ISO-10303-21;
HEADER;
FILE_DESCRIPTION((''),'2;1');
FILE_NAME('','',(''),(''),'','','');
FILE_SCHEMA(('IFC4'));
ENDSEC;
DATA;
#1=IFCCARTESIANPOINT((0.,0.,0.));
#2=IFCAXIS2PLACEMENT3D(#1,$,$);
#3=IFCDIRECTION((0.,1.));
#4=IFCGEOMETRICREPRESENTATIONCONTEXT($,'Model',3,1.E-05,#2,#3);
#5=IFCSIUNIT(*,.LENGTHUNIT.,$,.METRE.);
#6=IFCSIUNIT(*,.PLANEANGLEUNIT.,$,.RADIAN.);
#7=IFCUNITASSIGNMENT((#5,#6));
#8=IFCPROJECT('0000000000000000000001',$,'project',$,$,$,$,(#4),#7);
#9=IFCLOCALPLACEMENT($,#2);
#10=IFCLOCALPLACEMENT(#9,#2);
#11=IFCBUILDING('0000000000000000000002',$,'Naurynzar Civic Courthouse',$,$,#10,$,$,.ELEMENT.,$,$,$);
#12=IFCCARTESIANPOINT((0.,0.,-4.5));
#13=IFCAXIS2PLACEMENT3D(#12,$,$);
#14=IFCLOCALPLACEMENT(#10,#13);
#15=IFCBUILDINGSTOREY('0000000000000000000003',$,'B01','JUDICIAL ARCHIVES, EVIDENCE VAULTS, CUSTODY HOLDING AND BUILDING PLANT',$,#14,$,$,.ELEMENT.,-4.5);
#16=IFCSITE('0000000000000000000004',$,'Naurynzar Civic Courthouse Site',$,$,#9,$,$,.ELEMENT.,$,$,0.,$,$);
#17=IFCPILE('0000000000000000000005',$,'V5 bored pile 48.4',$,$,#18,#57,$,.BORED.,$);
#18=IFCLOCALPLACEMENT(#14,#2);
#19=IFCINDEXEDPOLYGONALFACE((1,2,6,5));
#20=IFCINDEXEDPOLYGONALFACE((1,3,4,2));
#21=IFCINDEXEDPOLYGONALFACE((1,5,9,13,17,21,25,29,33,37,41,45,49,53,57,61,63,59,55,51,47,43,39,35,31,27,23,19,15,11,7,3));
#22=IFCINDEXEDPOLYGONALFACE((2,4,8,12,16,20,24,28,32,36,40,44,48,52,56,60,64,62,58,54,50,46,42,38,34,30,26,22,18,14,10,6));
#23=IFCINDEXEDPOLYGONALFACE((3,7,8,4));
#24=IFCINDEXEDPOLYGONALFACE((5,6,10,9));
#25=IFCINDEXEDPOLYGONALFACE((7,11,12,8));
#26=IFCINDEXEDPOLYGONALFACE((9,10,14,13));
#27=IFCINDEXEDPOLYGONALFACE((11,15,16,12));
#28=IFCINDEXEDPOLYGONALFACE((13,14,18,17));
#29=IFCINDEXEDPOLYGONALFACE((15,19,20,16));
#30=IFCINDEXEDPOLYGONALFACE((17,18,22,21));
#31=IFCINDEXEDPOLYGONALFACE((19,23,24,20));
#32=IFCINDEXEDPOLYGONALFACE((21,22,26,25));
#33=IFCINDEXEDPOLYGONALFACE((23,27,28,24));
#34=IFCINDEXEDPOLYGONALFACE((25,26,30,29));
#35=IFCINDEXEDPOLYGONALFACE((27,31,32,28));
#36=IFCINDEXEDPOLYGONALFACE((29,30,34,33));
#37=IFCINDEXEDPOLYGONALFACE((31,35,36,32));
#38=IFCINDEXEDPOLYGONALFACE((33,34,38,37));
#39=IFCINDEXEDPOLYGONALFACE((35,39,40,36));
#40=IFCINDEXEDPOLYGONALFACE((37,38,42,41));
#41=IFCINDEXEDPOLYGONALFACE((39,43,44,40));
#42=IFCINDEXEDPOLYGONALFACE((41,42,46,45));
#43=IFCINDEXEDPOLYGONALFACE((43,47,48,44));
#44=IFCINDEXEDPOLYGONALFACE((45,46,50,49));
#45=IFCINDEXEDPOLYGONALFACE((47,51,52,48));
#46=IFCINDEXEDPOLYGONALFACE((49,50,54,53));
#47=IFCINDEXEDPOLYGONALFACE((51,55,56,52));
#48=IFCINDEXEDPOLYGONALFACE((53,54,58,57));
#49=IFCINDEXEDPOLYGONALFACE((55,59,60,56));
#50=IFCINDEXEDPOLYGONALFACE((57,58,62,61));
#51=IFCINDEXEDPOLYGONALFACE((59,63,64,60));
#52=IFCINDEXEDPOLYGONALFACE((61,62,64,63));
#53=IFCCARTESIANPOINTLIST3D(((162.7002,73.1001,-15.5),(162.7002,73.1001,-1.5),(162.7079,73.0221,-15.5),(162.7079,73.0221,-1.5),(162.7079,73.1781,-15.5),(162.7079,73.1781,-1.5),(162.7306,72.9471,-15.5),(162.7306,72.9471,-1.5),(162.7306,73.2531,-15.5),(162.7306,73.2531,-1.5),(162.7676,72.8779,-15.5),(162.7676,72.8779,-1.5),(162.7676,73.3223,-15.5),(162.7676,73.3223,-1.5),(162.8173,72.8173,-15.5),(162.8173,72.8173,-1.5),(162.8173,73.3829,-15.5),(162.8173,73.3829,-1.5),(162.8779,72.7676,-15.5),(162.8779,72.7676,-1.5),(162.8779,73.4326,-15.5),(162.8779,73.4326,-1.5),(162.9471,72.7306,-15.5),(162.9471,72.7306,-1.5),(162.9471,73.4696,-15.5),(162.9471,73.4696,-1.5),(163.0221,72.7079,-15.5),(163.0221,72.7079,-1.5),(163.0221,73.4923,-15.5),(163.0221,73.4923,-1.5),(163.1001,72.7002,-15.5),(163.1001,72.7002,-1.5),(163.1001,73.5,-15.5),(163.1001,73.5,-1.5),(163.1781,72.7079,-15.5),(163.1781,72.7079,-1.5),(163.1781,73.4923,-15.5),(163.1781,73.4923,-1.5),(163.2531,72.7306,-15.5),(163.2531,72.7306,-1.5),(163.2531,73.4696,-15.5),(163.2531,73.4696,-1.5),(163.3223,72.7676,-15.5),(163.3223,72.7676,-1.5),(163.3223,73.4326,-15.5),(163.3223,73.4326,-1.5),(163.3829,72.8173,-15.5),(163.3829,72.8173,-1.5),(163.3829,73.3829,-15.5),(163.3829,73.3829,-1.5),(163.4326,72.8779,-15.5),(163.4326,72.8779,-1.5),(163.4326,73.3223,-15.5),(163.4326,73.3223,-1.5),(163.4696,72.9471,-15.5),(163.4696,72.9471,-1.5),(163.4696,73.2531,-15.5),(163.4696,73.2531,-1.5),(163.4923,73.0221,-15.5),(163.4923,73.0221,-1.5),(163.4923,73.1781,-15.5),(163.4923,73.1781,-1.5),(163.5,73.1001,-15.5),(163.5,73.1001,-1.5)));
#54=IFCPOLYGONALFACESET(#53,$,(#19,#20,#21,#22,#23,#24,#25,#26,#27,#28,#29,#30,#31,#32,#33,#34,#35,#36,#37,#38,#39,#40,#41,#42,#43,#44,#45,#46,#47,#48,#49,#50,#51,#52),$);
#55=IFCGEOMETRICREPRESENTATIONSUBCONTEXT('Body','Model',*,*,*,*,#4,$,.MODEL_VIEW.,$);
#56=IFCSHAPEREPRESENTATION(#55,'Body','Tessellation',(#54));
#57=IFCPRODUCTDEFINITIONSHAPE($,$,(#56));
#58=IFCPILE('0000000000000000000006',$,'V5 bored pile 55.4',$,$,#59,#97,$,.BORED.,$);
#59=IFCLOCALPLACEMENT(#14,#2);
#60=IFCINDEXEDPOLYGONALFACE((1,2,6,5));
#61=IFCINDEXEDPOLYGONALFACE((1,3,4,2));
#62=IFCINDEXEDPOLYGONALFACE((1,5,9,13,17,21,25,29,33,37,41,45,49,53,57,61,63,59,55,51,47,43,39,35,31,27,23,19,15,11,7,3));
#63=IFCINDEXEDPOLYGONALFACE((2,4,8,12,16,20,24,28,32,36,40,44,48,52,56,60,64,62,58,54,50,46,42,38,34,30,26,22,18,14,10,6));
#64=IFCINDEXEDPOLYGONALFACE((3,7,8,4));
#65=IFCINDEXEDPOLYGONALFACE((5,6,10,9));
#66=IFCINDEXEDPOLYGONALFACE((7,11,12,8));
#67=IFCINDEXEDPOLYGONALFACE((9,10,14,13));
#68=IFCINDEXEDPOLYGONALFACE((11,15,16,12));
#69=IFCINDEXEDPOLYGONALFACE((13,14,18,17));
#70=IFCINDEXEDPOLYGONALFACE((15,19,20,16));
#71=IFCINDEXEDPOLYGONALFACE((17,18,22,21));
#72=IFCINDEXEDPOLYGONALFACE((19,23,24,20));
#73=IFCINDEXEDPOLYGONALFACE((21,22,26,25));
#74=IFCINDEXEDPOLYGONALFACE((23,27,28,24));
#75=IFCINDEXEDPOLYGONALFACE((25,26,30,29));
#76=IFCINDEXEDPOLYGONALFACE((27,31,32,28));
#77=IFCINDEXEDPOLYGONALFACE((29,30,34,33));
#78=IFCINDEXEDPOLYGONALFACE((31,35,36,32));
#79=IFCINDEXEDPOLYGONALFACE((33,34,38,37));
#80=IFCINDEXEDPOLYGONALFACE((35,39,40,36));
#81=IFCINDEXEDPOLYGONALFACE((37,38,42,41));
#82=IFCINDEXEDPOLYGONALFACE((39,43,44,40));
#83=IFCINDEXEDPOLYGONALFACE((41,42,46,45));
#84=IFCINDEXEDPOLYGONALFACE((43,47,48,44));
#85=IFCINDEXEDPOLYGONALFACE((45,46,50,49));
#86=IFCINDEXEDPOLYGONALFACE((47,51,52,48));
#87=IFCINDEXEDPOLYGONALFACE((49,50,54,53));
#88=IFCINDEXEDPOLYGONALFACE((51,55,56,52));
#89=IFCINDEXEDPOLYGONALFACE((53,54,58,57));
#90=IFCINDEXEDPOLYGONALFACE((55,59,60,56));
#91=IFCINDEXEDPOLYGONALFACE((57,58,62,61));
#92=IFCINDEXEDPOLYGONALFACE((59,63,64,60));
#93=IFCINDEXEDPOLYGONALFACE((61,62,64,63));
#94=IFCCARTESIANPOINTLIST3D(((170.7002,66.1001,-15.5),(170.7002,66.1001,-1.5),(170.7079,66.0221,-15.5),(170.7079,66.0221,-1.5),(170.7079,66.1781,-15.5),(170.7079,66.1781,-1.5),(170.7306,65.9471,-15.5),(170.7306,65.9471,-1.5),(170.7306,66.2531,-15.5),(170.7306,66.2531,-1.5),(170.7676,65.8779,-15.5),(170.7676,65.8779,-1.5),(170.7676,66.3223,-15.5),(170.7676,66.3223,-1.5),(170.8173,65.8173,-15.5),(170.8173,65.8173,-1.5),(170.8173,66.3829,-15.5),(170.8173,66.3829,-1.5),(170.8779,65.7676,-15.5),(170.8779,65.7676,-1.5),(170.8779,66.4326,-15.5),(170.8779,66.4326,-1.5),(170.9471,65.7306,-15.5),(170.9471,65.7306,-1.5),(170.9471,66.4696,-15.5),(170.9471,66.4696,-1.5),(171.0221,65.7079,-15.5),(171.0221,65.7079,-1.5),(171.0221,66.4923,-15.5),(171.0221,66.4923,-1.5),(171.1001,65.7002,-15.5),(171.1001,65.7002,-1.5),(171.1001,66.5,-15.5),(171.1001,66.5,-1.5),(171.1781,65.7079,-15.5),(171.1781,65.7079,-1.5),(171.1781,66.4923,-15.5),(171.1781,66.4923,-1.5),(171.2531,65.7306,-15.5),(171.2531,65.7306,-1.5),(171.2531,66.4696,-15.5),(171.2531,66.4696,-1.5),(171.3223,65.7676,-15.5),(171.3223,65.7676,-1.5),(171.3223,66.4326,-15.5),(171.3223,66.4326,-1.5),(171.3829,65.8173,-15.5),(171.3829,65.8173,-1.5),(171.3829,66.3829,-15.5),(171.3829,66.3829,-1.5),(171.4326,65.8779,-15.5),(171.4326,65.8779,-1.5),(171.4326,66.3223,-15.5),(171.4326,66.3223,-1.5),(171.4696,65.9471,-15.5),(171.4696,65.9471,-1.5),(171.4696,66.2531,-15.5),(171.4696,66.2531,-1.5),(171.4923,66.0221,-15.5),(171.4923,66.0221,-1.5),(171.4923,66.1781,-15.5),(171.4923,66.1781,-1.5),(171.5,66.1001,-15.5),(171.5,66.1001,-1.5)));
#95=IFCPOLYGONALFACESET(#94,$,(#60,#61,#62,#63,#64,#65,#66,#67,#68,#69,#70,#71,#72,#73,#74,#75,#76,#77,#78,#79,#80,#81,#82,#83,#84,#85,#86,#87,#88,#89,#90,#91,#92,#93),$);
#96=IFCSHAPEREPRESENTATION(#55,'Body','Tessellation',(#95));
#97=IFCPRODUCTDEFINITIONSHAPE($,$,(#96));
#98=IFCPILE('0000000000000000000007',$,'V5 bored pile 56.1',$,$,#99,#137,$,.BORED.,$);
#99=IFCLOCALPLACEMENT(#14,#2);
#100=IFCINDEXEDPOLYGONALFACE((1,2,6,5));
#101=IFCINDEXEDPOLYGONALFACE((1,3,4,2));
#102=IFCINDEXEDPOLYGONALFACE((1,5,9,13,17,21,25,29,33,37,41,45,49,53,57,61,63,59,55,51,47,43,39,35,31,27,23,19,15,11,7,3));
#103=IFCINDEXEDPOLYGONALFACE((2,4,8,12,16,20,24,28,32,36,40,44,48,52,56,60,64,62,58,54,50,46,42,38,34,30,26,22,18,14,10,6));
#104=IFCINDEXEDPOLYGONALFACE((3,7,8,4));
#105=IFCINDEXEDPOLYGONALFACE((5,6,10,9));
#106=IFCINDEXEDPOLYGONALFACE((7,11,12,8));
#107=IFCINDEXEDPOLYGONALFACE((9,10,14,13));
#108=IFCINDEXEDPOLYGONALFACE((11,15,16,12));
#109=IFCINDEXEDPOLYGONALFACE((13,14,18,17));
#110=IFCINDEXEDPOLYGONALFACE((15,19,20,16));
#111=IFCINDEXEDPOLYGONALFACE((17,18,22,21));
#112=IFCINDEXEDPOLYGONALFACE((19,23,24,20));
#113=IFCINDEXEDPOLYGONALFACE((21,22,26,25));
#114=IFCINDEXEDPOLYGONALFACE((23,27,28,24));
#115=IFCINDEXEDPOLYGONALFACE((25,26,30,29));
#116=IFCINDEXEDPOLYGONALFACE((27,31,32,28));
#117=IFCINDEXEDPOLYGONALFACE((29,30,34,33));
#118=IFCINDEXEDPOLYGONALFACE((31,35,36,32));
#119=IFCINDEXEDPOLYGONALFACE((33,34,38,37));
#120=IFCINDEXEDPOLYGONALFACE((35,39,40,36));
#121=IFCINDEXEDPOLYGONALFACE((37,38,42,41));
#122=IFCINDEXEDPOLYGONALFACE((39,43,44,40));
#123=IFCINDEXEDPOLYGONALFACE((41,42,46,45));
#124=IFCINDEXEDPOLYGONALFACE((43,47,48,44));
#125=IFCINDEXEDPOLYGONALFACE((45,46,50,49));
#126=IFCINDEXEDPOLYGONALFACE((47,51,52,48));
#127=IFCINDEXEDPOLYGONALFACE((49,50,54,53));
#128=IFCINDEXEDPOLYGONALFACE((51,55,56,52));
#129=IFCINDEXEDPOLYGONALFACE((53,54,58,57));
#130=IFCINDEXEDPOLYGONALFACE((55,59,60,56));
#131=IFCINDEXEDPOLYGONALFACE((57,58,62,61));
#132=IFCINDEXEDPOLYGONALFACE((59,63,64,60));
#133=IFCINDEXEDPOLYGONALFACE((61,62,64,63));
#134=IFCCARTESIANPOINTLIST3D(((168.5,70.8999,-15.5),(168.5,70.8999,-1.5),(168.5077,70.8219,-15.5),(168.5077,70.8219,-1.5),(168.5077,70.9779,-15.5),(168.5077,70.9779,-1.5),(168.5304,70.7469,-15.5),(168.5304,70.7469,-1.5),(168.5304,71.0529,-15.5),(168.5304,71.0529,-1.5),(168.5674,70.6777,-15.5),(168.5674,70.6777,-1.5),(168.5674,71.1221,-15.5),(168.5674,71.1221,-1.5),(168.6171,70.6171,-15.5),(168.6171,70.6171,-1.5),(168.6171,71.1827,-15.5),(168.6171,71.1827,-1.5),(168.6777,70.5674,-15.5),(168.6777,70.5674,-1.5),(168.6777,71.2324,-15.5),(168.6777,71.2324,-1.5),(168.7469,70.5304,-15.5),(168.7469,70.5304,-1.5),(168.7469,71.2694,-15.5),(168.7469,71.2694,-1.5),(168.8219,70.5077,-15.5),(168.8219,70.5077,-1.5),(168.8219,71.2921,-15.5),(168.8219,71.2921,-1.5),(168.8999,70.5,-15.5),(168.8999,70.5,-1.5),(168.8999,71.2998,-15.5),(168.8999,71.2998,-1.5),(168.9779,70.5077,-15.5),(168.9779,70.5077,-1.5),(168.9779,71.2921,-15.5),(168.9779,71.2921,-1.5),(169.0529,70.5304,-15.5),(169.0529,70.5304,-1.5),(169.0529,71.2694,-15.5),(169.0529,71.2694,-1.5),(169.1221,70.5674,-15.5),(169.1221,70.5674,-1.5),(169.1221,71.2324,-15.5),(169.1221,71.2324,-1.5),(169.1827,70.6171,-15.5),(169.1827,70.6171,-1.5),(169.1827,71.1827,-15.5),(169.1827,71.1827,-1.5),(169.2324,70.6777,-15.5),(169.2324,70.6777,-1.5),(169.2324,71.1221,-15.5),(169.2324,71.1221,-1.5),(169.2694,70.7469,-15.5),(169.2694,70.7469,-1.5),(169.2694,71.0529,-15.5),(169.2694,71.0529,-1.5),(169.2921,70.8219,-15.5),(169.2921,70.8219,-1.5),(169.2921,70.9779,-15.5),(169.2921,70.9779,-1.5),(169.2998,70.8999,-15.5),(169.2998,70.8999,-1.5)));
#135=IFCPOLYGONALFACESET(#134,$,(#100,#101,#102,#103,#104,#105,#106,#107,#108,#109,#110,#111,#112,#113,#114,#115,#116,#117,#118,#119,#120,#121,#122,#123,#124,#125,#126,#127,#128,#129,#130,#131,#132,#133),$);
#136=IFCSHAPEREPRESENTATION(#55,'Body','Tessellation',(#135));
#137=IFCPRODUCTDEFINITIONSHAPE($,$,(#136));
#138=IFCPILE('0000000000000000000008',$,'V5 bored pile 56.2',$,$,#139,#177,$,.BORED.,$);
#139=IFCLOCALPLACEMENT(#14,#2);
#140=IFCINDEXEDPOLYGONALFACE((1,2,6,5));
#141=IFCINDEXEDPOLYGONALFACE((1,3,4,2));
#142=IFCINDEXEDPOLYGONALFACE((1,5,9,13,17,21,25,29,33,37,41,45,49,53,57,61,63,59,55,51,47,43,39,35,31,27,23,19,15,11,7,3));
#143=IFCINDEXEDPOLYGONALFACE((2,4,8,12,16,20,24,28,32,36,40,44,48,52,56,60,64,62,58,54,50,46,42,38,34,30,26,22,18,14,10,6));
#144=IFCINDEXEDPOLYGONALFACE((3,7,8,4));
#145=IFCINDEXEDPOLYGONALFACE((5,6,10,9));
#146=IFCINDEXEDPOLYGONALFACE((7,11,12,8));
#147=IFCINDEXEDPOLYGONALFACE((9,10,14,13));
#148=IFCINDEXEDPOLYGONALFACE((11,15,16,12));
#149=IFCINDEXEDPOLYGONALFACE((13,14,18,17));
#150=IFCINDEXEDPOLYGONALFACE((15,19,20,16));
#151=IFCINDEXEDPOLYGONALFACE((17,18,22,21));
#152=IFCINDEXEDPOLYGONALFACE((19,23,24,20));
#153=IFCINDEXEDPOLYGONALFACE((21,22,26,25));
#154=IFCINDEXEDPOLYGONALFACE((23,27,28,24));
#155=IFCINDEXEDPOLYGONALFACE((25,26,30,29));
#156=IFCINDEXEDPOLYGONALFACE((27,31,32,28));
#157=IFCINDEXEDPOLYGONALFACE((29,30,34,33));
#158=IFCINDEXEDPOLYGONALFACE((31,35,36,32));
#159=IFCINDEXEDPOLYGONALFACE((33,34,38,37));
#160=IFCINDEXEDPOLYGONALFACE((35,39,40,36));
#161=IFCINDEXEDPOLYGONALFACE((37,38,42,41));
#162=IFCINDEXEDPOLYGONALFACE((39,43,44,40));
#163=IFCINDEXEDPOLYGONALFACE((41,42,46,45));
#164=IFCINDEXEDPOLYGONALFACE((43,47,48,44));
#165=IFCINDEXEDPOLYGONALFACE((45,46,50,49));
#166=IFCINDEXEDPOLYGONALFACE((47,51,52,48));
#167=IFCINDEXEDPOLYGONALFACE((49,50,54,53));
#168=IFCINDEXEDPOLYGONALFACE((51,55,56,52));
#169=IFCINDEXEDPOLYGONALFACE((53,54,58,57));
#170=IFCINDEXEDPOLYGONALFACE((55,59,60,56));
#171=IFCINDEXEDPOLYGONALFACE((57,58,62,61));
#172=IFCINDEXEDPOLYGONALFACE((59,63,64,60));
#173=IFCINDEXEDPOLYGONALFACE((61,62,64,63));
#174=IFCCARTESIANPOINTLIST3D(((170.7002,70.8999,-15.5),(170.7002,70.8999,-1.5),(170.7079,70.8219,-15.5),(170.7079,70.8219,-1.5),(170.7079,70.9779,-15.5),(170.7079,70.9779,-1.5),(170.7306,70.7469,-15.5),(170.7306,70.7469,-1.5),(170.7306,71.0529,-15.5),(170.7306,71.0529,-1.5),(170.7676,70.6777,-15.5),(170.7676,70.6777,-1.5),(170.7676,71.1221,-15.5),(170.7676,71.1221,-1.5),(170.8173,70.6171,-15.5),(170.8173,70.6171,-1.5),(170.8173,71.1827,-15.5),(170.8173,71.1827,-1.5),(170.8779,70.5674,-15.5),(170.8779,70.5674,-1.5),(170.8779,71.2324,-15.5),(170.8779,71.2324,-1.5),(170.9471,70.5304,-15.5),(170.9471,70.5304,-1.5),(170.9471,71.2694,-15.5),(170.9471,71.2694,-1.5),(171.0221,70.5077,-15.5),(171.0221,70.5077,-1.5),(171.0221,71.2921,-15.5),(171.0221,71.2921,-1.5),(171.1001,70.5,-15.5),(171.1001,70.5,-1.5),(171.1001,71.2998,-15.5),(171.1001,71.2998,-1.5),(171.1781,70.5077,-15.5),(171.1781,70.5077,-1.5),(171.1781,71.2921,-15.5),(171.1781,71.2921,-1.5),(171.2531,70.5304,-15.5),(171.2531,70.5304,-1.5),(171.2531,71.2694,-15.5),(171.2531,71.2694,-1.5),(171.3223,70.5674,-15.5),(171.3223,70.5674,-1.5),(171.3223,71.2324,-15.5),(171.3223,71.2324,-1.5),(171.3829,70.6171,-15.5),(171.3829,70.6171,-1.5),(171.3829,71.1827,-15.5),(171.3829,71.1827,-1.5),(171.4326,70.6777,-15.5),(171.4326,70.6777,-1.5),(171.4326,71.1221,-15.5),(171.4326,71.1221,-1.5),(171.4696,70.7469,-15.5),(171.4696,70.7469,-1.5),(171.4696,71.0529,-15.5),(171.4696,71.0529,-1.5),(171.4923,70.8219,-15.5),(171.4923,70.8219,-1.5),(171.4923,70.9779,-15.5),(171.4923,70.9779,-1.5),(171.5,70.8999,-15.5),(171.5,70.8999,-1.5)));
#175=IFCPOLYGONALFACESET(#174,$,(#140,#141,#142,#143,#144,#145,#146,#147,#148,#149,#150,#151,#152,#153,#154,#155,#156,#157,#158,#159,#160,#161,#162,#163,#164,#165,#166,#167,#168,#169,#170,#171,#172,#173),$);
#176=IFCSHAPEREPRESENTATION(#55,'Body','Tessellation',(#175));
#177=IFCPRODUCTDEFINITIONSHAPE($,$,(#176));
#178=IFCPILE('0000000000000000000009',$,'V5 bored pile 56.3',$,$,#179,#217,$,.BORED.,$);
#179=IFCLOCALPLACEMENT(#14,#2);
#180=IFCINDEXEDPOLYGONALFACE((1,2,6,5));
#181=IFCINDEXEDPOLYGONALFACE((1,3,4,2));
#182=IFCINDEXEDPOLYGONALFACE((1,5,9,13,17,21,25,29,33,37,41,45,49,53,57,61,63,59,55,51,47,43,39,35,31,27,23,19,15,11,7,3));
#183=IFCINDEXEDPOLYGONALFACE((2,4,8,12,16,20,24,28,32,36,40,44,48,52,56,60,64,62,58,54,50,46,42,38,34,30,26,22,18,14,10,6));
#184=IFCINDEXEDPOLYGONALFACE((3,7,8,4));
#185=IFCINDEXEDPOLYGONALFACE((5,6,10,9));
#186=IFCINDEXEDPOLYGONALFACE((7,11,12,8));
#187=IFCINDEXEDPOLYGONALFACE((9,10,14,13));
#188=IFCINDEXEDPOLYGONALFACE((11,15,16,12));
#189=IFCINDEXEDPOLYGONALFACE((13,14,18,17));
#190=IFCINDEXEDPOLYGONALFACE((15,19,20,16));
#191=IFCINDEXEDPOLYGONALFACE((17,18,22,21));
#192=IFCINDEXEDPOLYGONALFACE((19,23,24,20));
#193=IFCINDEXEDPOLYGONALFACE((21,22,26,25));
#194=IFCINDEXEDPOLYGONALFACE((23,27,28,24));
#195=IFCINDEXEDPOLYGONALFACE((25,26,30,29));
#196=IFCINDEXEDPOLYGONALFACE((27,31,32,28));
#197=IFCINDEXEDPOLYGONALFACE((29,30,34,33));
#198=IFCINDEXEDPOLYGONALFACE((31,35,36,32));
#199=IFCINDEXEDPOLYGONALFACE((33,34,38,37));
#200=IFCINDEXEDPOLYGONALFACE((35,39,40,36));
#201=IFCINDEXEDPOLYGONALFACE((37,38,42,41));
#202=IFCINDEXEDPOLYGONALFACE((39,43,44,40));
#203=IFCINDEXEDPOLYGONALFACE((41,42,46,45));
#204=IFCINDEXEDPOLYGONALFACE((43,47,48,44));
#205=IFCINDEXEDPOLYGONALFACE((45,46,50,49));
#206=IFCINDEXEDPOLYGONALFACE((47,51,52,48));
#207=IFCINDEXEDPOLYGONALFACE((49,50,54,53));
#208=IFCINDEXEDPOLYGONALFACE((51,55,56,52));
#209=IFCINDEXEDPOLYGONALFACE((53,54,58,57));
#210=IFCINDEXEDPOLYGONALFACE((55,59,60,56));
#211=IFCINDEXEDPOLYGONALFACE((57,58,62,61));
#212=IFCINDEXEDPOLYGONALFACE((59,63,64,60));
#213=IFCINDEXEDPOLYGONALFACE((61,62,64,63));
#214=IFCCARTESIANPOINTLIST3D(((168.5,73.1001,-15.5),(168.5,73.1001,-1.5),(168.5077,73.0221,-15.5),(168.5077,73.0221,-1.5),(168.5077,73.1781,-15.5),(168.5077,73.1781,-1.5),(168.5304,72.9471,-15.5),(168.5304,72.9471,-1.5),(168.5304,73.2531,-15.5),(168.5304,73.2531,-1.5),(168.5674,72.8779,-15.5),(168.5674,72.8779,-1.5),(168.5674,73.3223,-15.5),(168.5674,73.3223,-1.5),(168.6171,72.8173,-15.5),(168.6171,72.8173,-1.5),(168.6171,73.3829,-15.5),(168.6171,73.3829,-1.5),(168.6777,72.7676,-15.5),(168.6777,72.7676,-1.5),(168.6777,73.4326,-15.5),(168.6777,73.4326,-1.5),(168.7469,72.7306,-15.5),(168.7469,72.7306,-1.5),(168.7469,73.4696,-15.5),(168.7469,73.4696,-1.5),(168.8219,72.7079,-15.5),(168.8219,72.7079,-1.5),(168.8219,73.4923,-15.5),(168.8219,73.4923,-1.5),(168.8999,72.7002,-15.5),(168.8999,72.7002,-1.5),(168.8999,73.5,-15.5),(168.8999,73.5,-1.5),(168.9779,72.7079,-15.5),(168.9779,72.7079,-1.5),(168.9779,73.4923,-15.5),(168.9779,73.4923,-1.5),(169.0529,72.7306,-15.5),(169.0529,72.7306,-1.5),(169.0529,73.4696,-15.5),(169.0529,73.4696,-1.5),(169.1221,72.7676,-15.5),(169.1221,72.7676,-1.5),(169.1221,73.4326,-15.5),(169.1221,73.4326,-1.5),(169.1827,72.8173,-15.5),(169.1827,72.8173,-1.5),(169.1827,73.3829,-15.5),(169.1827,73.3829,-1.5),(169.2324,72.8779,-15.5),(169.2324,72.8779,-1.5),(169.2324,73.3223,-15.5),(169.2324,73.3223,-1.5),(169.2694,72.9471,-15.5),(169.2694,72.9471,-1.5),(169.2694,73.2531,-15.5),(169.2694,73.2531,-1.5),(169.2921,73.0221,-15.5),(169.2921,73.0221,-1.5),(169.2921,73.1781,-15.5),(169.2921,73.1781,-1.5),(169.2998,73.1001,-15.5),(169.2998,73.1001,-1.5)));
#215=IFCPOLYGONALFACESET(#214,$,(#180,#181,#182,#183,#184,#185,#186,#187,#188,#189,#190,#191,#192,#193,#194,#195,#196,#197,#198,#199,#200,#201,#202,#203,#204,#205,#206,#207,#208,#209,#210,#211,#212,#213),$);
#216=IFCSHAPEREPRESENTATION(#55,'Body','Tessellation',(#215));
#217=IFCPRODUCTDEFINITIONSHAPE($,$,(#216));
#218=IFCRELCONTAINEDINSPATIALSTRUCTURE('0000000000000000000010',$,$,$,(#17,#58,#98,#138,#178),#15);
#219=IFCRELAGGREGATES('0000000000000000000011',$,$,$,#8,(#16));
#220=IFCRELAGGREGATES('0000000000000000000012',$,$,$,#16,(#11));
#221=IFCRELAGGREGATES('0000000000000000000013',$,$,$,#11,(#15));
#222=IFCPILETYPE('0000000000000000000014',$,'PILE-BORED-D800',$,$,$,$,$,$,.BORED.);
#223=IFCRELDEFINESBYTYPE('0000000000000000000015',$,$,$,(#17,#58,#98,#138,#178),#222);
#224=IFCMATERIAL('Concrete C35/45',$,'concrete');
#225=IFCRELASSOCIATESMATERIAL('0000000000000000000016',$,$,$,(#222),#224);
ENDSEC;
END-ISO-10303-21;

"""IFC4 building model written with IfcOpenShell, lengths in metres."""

from ifc_helpers import new_model, si_unit, direction, frame, origin, origin_2d, place, context, subcontext, project, spatial, circle, extrude, material, material_profile, profile_set, type_object, element, save


model = new_model("IFC4")

# Units and contexts
model_context = context("Model", 3, precision=1e-05, world=origin(), true_north=direction((0.0, 1.0)))
body_context = subcontext(model_context, "Body", "Model", "MODEL_VIEW")
ifc_project = project(units=[si_unit("LENGTHUNIT", "METRE"), si_unit("PLANEANGLEUNIT", "RADIAN")], contexts=[model_context])

# Site, building, storey
site_placement = place(None, origin())
site = spatial("IfcSite", under=ifc_project, at=site_placement, Name="Naurynzar Civic Courthouse Site", CompositionType="ELEMENT", RefElevation=0.0)
building_placement = place(site_placement, origin())
building = spatial("IfcBuilding", under=site, at=building_placement, Name="Naurynzar Civic Courthouse", CompositionType="ELEMENT")
storey_placement = place(building_placement, frame((0.0, 0.0, -4.5)))
storey = spatial("IfcBuildingStorey", under=building, at=storey_placement, Name="B01", Description="JUDICIAL ARCHIVES, EVIDENCE VAULTS, CUSTODY HOLDING AND BUILDING PLANT", CompositionType="ELEMENT", Elevation=-4.5)

# Piles
ifc_material_1 = material(Name="Concrete C35/45", Category="concrete")
ifc_material_profile_1 = material_profile(ifc_material_1, circle(Radius=0.3999, at=origin_2d()), Name="PILE D800")
ifc_profile_set_1 = profile_set([ifc_material_profile_1], Name="Concrete C35/45")
pile_type_1 = type_object("IfcPileType", Name="PILE-BORED-D800", PredefinedType="BORED", material=ifc_profile_set_1)
for number, where, z_axis, x_axis, name in (
    (1, (163.1001, 73.1001, -1.5), (0.0, 0.0, -1.0), (1.0, 0.0, 0.0), "V5 bored pile 48.4"),
    (2, (171.1001, 66.1001, -1.5), (0.0, 0.0, -1.0), (1.0, 0.0, 0.0), "V5 bored pile 55.4"),
    (3, (168.8999, 70.8999, -1.5), (0.0, 0.0, -1.0), (1.0, 0.0, 0.0), "V5 bored pile 56.1"),
    (4, (171.1001, 70.8999, -1.5), (0.0, 0.0, -1.0), (1.0, 0.0, 0.0), "V5 bored pile 56.2"),
    (5, (168.8999, 73.1001, -1.5), (0.0, 0.0, -1.0), (1.0, 0.0, 0.0), "V5 bored pile 56.3"),
):
    element("IfcPile", number, at=place(storey_placement, frame(where, z_axis=z_axis, x_axis=x_axis)), inside=storey, type_object=pile_type_1, Name=name, PredefinedType="BORED", context=body_context, shape_type="SweptSolid", body=[
        extrude(circle(Radius=0.3999, at=origin_2d()), origin(), (0.0, 0.0, 1.0), 14.0),
    ])

save(model, "model.ifc")
